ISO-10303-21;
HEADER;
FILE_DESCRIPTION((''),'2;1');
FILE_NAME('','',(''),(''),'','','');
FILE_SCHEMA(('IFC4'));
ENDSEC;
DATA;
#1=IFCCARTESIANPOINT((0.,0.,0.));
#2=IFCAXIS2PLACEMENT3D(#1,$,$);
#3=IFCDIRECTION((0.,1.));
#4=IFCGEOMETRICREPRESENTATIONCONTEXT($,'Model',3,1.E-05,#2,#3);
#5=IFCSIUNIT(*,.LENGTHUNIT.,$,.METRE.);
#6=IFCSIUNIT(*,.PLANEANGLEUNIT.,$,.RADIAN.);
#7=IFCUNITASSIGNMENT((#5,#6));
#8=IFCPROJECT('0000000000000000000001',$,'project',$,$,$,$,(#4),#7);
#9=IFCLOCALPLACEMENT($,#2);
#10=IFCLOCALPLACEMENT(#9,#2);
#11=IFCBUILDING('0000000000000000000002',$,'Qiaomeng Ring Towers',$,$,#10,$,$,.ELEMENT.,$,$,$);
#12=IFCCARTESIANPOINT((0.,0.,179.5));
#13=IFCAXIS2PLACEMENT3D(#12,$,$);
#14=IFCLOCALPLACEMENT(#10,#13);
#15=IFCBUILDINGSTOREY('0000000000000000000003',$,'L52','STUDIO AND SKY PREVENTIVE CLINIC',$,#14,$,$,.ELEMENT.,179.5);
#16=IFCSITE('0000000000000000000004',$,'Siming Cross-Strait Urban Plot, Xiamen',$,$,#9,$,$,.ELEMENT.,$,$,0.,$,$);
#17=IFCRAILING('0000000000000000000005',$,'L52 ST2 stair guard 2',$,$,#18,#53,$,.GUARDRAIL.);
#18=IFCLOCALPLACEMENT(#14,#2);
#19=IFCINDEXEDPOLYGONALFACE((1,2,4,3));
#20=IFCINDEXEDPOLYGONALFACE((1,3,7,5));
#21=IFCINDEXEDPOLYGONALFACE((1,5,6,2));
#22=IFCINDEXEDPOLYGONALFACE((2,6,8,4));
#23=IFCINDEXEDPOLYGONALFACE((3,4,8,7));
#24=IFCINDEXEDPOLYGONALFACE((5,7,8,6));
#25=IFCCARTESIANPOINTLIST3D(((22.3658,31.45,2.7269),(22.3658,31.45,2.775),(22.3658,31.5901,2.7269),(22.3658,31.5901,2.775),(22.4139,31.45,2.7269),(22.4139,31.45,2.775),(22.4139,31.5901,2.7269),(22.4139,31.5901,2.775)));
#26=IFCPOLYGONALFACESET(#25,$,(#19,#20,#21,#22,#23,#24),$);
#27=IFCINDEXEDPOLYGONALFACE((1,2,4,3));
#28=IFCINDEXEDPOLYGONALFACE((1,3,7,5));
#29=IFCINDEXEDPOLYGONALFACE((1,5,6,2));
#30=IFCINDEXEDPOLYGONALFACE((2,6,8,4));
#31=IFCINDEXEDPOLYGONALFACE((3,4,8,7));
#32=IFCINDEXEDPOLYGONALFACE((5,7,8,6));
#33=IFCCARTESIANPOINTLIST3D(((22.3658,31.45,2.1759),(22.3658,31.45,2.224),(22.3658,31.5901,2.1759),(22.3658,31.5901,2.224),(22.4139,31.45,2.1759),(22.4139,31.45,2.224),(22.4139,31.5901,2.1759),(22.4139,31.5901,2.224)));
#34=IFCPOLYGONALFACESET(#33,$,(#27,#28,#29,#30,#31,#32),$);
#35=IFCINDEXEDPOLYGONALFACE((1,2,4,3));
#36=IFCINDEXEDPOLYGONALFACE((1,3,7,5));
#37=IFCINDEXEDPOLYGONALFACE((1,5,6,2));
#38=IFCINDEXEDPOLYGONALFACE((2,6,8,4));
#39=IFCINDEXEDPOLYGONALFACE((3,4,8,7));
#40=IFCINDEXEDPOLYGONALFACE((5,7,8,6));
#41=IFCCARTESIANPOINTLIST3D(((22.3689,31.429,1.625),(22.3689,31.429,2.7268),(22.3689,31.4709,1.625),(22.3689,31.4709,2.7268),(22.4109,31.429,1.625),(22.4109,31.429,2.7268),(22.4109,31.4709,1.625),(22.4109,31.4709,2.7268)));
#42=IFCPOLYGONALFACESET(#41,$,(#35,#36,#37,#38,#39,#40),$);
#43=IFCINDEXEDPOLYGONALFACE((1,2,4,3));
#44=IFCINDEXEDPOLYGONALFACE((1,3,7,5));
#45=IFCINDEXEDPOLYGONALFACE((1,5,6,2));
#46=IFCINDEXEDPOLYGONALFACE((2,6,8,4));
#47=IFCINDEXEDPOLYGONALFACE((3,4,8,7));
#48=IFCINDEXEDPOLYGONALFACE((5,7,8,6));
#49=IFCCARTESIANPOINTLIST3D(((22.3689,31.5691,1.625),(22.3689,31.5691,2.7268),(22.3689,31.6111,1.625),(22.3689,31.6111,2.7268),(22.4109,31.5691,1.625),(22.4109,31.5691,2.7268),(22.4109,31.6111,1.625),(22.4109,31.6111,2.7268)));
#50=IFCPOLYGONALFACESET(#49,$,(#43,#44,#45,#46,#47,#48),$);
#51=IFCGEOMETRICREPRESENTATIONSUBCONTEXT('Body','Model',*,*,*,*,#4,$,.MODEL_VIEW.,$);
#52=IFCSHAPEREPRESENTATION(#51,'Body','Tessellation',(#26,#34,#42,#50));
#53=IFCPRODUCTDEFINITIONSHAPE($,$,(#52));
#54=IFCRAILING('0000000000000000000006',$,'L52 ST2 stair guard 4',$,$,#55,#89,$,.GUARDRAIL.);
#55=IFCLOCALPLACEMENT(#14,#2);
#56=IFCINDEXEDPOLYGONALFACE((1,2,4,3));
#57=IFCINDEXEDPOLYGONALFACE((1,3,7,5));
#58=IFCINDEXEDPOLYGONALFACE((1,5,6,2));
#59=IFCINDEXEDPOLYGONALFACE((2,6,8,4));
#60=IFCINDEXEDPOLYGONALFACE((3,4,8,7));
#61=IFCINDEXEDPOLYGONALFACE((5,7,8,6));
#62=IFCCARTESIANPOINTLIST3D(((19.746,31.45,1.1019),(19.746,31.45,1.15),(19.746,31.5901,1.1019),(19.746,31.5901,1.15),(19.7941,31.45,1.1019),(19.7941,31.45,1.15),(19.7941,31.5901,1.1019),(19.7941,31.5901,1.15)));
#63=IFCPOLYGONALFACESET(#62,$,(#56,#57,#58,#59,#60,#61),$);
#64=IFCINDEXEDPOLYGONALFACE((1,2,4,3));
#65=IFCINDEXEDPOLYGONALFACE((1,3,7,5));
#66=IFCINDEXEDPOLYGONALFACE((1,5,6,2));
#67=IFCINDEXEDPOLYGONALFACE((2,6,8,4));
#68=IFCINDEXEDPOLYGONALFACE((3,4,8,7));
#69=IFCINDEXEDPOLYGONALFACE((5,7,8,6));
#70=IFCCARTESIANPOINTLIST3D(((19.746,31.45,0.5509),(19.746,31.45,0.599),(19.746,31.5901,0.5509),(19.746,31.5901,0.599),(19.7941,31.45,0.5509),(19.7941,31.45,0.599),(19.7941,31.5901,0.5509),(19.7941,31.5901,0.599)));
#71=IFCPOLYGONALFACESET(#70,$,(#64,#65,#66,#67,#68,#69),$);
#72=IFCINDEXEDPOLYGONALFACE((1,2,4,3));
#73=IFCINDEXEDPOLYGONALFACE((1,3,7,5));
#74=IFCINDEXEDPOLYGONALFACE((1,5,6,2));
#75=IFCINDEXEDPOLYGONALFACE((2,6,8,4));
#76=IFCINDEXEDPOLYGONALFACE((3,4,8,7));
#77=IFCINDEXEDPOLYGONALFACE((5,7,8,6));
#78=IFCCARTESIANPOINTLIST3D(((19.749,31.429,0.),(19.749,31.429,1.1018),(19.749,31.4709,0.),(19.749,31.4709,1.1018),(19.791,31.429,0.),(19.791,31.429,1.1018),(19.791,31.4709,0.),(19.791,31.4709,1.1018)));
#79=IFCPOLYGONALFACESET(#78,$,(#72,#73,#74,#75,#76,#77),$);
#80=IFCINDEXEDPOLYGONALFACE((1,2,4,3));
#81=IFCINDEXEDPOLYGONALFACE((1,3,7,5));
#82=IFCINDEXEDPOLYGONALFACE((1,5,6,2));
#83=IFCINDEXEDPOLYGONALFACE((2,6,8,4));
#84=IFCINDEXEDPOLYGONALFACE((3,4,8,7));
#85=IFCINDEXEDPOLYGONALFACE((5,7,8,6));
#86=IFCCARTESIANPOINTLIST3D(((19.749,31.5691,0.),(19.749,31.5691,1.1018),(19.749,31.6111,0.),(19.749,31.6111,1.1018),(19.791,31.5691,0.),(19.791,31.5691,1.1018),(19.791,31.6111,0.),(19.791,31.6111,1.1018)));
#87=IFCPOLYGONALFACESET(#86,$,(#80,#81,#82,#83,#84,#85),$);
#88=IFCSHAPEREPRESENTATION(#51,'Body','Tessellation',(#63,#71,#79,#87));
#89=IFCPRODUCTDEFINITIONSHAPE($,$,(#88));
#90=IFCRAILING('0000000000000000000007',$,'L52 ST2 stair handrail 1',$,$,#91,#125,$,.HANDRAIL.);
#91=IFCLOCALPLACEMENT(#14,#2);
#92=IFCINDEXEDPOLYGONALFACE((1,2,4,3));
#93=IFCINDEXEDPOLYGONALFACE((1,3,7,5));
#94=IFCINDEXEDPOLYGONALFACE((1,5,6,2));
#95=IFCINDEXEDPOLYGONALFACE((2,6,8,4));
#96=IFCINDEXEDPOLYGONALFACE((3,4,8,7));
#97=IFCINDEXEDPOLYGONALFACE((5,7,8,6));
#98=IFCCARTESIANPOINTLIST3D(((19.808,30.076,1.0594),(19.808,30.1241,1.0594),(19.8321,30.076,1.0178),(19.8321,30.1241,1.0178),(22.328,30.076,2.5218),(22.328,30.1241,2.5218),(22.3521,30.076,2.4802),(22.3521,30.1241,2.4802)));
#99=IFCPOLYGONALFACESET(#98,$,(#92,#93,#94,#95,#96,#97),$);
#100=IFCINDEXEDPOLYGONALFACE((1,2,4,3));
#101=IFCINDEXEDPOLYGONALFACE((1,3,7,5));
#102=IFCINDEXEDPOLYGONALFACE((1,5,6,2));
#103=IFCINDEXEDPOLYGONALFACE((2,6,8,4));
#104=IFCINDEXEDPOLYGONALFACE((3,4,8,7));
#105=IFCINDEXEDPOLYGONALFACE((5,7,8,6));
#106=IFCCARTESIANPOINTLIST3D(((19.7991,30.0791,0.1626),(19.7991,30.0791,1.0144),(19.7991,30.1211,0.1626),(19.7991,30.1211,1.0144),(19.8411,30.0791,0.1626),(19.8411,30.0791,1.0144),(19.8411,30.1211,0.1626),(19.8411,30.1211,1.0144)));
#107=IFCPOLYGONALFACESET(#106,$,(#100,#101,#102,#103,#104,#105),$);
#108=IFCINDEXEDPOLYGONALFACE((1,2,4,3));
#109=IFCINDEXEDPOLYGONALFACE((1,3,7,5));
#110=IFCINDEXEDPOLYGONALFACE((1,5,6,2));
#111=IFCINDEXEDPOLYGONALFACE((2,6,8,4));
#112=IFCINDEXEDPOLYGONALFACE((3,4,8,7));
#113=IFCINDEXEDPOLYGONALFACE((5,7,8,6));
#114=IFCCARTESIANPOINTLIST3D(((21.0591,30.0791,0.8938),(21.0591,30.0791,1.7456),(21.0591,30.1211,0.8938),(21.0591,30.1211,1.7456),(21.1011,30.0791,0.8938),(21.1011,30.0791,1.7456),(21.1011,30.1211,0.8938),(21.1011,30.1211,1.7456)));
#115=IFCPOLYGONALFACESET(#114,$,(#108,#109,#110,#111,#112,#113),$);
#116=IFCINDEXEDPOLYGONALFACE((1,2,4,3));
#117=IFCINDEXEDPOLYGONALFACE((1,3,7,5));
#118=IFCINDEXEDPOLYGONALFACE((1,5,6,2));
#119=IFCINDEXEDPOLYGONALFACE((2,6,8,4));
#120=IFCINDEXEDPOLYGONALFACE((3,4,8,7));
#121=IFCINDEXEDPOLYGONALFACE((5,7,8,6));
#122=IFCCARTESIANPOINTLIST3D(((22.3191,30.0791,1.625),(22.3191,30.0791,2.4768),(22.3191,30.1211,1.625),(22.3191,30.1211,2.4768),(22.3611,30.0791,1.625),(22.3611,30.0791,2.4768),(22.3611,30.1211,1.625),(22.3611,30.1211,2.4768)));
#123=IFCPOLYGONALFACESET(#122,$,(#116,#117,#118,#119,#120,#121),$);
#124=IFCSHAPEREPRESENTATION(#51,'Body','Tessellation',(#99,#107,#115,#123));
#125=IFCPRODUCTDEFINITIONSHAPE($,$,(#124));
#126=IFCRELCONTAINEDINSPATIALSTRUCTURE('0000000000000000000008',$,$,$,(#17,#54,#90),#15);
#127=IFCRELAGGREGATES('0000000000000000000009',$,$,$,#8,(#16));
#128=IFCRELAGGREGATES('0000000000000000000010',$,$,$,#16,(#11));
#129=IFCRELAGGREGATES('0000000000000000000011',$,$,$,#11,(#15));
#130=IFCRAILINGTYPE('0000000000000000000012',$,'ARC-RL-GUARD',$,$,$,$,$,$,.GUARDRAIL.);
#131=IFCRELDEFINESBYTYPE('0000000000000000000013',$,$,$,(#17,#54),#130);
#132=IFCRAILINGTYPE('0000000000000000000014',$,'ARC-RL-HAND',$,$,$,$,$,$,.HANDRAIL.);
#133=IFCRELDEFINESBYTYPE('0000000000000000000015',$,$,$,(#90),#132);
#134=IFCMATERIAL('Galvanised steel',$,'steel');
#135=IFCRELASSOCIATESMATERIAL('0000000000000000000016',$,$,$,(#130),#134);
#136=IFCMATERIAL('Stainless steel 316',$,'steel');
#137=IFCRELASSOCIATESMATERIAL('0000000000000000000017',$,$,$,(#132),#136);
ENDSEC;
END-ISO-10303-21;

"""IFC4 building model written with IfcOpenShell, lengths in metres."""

from ifc_helpers import new_model, si_unit, direction, frame, origin, origin_2d, place, context, subcontext, project, spatial, rectangle, extrude, material, type_object, element, save


model = new_model("IFC4")

# Units and contexts
model_context = context("Model", 3, precision=1e-05, world=origin(), true_north=direction((0.0, 1.0)))
body_context = subcontext(model_context, "Body", "Model", "MODEL_VIEW")
ifc_project = project(units=[si_unit("LENGTHUNIT", "METRE"), si_unit("PLANEANGLEUNIT", "RADIAN")], contexts=[model_context])

# Site, building, storey
site_placement = place(None, origin())
site = spatial("IfcSite", under=ifc_project, at=site_placement, Name="Siming Cross-Strait Urban Plot, Xiamen", CompositionType="ELEMENT", RefElevation=0.0)
building_placement = place(site_placement, origin())
building = spatial("IfcBuilding", under=site, at=building_placement, Name="Qiaomeng Ring Towers", CompositionType="ELEMENT")
storey_placement = place(building_placement, frame((0.0, 0.0, 179.5)))
storey = spatial("IfcBuildingStorey", under=building, at=storey_placement, Name="L52", Description="STUDIO AND SKY PREVENTIVE CLINIC", CompositionType="ELEMENT", Elevation=179.5)

# Railings
ifc_material_1 = material(Name="Galvanised steel", Category="steel")
railing_type_1 = type_object("IfcRailingType", Name="ARC-RL-GUARD", PredefinedType="GUARDRAIL", material=ifc_material_1)
for number, where, name in (
    (1, (22.3899, 31.45, 1.625), "L52 ST2 stair guard 2"),
    (2, (19.77, 31.45, 0.0), "L52 ST2 stair guard 4"),
):
    element("IfcRailing", number, at=place(storey_placement, frame(where)), inside=storey, type_object=railing_type_1, Name=name, PredefinedType="GUARDRAIL", context=body_context, shape_type="SweptSolid", body=[
        extrude(rectangle(XDim=0.0481, YDim=0.0481, at=origin_2d()), frame((0.0, 0.0, 1.126), z_axis=(0.0, 1.0, 0.0), x_axis=(-1.0, 0.0, 0.0)), (0.0, 0.0, 1.0), 0.1401),
        extrude(rectangle(XDim=0.0481, YDim=0.0481, at=origin_2d()), frame((0.0, 0.0, 0.575), z_axis=(0.0, 1.0, 0.0), x_axis=(-1.0, 0.0, 0.0)), (0.0, 0.0, 1.0), 0.1401),
        extrude(rectangle(XDim=0.042, YDim=0.042, at=origin_2d()), origin(), (0.0, 0.0, 1.0), 1.1018),
        extrude(rectangle(XDim=0.042, YDim=0.042, at=origin_2d()), frame((0.0, 0.1401, 0.0)), (0.0, 0.0, 1.0), 1.1018),
    ])
ifc_material_2 = material(Name="Stainless steel 316", Category="steel")
railing_type_2 = type_object("IfcRailingType", Name="ARC-RL-HAND", PredefinedType="HANDRAIL", material=ifc_material_2)
railing_1_placement = place(storey_placement, frame((19.8201, 30.1001, 0.1626)))
element("IfcRailing", 3, at=railing_1_placement, inside=storey, type_object=railing_type_2, Name="L52 ST2 stair handrail 1", PredefinedType="HANDRAIL", context=body_context, shape_type="SweptSolid", body=[
    extrude(rectangle(XDim=0.0481, YDim=0.0481, at=origin_2d()), frame((0.0, 0.0, 0.876), z_axis=(0.864913, 0.0, 0.501921), x_axis=(0.0, 1.0, 0.0)), (0.0, 0.0, 1.0), 2.9136),
    extrude(rectangle(XDim=0.042, YDim=0.042, at=origin_2d()), origin(), (0.0, 0.0, 1.0), 0.8518),
    extrude(rectangle(XDim=0.042, YDim=0.042, at=origin_2d()), frame((1.26, 0.0, 0.7312)), (0.0, 0.0, 1.0), 0.8518),
    extrude(rectangle(XDim=0.042, YDim=0.042, at=origin_2d()), frame((2.52, 0.0, 1.4624)), (0.0, 0.0, 1.0), 0.8518),
])

save(model, "model.ifc")
